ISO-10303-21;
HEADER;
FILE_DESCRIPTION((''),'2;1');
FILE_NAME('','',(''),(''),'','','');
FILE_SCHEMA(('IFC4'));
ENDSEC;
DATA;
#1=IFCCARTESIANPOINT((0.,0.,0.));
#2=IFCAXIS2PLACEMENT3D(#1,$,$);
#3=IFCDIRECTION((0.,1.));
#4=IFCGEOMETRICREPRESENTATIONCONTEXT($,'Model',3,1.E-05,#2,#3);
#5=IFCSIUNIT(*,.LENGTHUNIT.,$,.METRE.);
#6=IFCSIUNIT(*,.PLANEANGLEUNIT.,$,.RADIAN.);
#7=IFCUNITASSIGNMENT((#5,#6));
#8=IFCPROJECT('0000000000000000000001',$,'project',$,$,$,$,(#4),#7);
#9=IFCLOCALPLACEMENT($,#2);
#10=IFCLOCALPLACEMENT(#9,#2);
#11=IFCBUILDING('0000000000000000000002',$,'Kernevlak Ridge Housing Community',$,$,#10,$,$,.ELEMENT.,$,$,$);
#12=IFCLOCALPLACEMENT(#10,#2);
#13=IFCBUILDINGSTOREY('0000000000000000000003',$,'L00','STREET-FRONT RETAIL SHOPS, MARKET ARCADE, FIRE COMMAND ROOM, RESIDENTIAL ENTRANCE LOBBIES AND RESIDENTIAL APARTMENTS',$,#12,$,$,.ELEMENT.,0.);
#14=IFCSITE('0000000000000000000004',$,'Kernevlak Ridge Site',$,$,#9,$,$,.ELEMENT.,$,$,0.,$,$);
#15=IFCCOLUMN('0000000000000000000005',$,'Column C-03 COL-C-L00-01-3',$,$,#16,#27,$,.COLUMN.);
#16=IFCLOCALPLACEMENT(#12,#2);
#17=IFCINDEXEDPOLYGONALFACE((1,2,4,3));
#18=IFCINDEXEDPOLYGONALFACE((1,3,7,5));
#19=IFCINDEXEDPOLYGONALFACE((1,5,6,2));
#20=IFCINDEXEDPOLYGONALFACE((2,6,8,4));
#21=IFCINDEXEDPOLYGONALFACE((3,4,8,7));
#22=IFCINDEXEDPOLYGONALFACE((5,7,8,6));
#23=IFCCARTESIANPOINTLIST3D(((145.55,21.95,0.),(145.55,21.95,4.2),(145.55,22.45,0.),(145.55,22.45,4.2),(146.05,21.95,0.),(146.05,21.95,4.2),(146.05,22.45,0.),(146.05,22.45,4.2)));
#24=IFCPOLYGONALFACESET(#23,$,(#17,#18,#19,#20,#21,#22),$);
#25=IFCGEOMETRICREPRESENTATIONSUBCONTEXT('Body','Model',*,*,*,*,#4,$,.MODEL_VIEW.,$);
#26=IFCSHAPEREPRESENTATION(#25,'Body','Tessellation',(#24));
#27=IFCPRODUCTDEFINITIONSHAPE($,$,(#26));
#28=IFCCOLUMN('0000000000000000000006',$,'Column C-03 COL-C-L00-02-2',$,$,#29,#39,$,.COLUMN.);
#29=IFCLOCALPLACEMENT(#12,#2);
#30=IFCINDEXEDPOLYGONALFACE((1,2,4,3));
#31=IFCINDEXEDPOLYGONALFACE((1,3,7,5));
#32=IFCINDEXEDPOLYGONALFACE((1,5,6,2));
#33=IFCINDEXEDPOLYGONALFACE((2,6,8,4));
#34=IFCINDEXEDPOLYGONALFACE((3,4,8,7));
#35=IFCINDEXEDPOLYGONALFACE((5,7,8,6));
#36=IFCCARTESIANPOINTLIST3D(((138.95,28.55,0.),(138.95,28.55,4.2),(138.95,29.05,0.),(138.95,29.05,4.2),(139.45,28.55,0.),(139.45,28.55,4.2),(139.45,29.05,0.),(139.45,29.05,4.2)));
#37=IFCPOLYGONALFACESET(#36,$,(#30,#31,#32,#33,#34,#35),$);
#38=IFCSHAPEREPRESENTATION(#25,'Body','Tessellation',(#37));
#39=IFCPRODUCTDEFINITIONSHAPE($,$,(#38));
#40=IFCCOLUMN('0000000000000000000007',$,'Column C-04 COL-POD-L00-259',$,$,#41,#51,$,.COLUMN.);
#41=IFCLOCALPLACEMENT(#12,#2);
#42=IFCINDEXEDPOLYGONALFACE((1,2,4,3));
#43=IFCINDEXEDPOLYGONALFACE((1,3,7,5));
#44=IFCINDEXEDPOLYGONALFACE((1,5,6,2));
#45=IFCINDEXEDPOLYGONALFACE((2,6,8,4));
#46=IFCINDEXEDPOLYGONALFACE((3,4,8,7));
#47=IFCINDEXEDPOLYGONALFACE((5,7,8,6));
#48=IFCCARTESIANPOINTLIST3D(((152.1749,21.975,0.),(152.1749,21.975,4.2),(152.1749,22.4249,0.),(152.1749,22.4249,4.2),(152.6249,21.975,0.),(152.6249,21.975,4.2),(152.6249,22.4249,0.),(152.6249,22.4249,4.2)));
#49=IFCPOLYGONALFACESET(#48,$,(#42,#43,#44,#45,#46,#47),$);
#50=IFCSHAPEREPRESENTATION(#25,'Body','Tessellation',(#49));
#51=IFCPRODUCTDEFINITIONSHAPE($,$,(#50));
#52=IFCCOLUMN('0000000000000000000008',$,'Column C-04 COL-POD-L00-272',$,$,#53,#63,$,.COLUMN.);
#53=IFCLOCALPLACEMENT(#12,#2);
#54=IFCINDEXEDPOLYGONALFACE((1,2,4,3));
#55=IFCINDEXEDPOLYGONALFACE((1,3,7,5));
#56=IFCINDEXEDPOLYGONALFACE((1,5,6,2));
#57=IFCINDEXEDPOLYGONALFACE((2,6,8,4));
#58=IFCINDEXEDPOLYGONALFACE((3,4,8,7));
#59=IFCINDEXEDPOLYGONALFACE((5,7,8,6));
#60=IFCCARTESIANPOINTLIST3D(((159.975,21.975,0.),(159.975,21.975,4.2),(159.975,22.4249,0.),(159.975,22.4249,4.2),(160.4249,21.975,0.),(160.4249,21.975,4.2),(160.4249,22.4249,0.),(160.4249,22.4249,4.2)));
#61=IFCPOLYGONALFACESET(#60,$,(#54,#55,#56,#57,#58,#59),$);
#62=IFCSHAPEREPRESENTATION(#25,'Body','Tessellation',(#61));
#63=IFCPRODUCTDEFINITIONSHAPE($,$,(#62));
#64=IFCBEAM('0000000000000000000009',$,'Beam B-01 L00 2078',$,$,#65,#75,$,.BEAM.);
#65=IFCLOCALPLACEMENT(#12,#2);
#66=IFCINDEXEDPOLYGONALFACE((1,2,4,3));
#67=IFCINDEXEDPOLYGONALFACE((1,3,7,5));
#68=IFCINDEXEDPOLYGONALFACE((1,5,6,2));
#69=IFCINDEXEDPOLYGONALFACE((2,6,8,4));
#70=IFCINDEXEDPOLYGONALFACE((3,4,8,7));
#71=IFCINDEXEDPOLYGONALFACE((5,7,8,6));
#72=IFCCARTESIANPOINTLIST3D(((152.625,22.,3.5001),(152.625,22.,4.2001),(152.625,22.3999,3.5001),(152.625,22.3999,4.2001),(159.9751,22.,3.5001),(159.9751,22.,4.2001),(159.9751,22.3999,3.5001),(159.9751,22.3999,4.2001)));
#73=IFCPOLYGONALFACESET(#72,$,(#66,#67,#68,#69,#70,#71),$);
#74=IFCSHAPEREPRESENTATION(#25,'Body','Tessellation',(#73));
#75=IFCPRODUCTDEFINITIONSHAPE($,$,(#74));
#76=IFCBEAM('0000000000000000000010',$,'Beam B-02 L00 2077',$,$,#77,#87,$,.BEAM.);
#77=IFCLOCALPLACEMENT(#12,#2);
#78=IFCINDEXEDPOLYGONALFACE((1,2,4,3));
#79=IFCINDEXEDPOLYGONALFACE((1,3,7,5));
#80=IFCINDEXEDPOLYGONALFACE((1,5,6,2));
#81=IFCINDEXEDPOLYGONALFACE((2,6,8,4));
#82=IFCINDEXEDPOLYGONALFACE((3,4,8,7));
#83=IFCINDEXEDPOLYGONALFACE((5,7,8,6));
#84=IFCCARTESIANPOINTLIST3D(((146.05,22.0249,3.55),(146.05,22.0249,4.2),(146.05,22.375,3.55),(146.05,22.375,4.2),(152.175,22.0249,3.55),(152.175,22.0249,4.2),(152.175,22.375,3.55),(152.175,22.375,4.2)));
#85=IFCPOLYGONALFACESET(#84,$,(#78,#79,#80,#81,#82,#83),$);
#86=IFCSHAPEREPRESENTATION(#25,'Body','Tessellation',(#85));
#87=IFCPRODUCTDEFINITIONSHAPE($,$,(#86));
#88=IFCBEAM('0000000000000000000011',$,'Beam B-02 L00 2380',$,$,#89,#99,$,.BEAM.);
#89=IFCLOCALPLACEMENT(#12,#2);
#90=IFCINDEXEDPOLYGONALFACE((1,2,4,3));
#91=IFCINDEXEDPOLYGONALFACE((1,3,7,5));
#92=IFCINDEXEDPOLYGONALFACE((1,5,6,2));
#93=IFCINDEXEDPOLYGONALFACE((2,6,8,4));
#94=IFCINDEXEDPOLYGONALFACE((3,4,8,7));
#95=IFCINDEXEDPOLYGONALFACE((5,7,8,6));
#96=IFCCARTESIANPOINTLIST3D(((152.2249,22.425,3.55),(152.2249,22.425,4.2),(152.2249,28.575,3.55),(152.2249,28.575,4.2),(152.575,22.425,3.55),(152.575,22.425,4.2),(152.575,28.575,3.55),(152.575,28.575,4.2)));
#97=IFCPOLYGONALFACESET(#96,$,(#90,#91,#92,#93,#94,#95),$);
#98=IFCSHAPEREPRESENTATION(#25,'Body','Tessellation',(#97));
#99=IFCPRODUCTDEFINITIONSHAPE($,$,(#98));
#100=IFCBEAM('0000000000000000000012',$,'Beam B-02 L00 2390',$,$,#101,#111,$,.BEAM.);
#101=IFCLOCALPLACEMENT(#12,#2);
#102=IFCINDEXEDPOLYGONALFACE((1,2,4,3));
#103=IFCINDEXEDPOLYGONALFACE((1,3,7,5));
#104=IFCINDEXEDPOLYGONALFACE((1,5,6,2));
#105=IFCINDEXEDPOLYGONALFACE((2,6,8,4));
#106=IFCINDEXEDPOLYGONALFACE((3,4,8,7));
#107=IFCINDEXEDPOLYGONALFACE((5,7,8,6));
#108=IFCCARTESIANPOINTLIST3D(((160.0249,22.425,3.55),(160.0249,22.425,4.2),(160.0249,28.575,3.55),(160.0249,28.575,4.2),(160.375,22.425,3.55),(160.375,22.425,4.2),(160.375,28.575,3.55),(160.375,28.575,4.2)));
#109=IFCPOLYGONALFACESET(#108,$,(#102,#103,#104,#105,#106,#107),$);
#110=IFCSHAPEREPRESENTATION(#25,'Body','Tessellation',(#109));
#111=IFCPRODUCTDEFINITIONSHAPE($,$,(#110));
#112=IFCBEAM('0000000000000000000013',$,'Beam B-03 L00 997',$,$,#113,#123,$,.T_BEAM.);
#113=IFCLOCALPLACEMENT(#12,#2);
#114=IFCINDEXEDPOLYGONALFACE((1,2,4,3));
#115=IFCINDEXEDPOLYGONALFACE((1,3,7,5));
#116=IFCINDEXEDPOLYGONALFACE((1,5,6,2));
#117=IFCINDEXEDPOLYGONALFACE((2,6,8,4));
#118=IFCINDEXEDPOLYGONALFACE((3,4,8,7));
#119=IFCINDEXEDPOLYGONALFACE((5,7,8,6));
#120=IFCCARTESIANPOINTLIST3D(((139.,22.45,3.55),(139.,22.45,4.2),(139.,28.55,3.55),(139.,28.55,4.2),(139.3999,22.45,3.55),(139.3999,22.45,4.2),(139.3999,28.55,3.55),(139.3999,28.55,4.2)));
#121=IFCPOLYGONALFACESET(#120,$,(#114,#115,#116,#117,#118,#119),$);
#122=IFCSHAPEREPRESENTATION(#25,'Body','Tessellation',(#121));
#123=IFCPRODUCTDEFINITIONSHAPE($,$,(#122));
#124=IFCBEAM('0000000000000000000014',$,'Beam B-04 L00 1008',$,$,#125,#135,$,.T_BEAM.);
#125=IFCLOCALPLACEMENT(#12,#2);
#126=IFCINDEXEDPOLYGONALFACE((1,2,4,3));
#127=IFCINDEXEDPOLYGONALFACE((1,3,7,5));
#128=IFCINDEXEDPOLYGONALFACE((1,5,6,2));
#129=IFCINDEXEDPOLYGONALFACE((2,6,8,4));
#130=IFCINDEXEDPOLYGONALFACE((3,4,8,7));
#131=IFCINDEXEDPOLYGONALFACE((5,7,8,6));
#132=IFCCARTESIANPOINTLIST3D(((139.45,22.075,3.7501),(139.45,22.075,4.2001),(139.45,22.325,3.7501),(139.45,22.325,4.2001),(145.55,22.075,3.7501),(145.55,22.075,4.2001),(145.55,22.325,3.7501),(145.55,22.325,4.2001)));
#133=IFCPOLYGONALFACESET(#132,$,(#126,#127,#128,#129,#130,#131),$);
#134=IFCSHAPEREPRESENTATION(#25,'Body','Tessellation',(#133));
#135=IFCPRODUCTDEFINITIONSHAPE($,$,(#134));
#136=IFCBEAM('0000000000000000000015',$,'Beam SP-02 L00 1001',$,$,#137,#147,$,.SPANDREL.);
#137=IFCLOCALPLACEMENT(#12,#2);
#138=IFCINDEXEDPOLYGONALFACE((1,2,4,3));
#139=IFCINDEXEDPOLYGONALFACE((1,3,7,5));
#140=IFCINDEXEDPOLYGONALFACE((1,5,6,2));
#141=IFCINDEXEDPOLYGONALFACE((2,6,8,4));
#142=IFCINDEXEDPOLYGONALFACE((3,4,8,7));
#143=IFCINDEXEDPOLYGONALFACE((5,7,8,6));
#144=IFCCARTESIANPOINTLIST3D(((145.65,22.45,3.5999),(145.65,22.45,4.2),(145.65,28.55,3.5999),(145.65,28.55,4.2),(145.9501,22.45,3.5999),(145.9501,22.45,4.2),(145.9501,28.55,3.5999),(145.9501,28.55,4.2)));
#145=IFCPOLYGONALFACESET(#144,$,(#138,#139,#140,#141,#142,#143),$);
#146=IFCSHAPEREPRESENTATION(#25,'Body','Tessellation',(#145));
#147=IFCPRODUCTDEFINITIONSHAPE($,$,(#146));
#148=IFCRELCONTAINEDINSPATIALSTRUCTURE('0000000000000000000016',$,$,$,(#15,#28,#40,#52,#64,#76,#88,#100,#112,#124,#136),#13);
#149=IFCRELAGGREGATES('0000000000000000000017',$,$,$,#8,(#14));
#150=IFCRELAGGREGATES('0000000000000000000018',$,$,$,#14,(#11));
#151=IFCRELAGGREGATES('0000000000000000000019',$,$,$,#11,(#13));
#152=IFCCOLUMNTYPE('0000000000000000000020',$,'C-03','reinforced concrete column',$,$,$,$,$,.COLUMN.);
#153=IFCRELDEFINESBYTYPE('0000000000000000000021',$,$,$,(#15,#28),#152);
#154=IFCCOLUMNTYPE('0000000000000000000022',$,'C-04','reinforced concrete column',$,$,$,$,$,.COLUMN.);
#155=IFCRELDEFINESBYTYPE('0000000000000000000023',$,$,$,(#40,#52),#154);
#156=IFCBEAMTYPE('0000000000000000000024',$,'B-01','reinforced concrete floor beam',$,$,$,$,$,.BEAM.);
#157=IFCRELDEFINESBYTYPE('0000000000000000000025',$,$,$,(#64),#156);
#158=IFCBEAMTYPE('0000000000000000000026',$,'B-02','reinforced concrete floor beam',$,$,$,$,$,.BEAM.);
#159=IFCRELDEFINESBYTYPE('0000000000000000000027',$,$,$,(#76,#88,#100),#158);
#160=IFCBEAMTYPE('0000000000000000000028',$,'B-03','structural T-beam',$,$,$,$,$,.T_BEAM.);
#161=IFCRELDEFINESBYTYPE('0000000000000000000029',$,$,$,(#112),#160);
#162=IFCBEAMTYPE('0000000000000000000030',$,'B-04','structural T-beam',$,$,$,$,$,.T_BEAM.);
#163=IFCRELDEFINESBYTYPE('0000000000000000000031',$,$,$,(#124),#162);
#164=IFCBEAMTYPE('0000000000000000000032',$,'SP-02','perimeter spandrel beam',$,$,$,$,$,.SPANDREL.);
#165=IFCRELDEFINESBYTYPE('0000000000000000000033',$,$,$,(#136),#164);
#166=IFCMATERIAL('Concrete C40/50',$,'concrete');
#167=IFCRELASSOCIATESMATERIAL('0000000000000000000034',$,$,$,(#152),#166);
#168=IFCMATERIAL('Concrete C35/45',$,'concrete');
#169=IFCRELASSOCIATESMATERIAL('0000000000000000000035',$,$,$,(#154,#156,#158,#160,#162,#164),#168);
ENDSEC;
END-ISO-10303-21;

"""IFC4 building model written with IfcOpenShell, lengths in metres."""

from ifc_helpers import new_model, si_unit, direction, frame, origin, origin_2d, place, context, subcontext, project, spatial, rectangle, extrude, material, material_profile, profile_set, type_object, element, save


model = new_model("IFC4")

# Units and contexts
model_context = context("Model", 3, precision=1e-05, world=origin(), true_north=direction((0.0, 1.0)))
body_context = subcontext(model_context, "Body", "Model", "MODEL_VIEW")
ifc_project = project(units=[si_unit("LENGTHUNIT", "METRE"), si_unit("PLANEANGLEUNIT", "RADIAN")], contexts=[model_context])

# Site, building, storey
site_placement = place(None, origin())
site = spatial("IfcSite", under=ifc_project, at=site_placement, Name="Kernevlak Ridge Site", CompositionType="ELEMENT", RefElevation=0.0)
building_placement = place(site_placement, origin())
building = spatial("IfcBuilding", under=site, at=building_placement, Name="Kernevlak Ridge Housing Community", CompositionType="ELEMENT")
storey_placement = place(building_placement, origin())
storey = spatial("IfcBuildingStorey", under=building, at=storey_placement, Name="L00", Description="STREET-FRONT RETAIL SHOPS, MARKET ARCADE, FIRE COMMAND ROOM, RESIDENTIAL ENTRANCE LOBBIES AND RESIDENTIAL APARTMENTS", CompositionType="ELEMENT", Elevation=0.0)

# Columns
ifc_material_1 = material(Name="Concrete C40/50", Category="concrete")
ifc_material_profile_1 = material_profile(ifc_material_1, rectangle(XDim=0.5, YDim=0.5, at=origin_2d()), Name="RC 500x500")
ifc_profile_set_1 = profile_set([ifc_material_profile_1], Name="Concrete C40/50")
column_type_1 = type_object("IfcColumnType", Name="C-03", Description="reinforced concrete column", PredefinedType="COLUMN", material=ifc_profile_set_1)
for number, where, z_axis, x_axis, name in (
    (1, (145.8, 22.2, 0.0), (0.0, 0.0, 1.0), (1.0, 0.0, 0.0), "Column C-03 COL-C-L00-01-3"),
    (2, (139.2, 28.8, 0.0), (0.0, 0.0, 1.0), (1.0, 0.0, 0.0), "Column C-03 COL-C-L00-02-2"),
):
    element("IfcColumn", number, at=place(storey_placement, frame(where, z_axis=z_axis, x_axis=x_axis)), inside=storey, type_object=column_type_1, Name=name, PredefinedType="COLUMN", context=body_context, shape_type="SweptSolid", body=[
        extrude(rectangle(XDim=0.5, YDim=0.5, at=origin_2d()), origin(), (0.0, 0.0, 1.0), 4.2),
    ])
ifc_material_2 = material(Name="Concrete C35/45", Category="concrete")
ifc_material_profile_2 = material_profile(ifc_material_2, rectangle(XDim=0.45, YDim=0.45, at=origin_2d()), Name="RC 450x450")
ifc_profile_set_2 = profile_set([ifc_material_profile_2], Name="Concrete C35/45")
column_type_2 = type_object("IfcColumnType", Name="C-04", Description="reinforced concrete column", PredefinedType="COLUMN", material=ifc_profile_set_2)
for number, where, z_axis, x_axis, name in (
    (3, (152.3999, 22.2, 0.0), (0.0, 0.0, 1.0), (1.0, 0.0, 0.0), "Column C-04 COL-POD-L00-259"),
    (4, (160.2, 22.2, 0.0), (0.0, 0.0, 1.0), (1.0, 0.0, 0.0), "Column C-04 COL-POD-L00-272"),
):
    element("IfcColumn", number, at=place(storey_placement, frame(where, z_axis=z_axis, x_axis=x_axis)), inside=storey, type_object=column_type_2, Name=name, PredefinedType="COLUMN", context=body_context, shape_type="SweptSolid", body=[
        extrude(rectangle(XDim=0.45, YDim=0.45, at=origin_2d()), origin(), (0.0, 0.0, 1.0), 4.2),
    ])

# Beams
ifc_material_profile_3 = material_profile(ifc_material_2, rectangle(XDim=0.3999, YDim=0.7, at=origin_2d()), Name="RC 400x700")
ifc_profile_set_3 = profile_set([ifc_material_profile_3], Name="Concrete C35/45")
beam_type_1 = type_object("IfcBeamType", Name="B-01", Description="reinforced concrete floor beam", PredefinedType="BEAM", material=ifc_profile_set_3)
beam_1_placement = place(storey_placement, frame((152.625, 22.2, 3.8501), z_axis=(1.0, 0.0, 0.0), x_axis=(0.0, 1.0, 0.0)))
element("IfcBeam", 5, at=beam_1_placement, inside=storey, type_object=beam_type_1, Name="Beam B-01 L00 2078", PredefinedType="BEAM", context=body_context, shape_type="SweptSolid", body=[
    extrude(rectangle(XDim=0.3999, YDim=0.7, at=origin_2d()), origin(), (0.0, 0.0, 1.0), 7.3501),
])
ifc_material_profile_4 = material_profile(ifc_material_2, rectangle(XDim=0.3501, YDim=0.6499, at=origin_2d()), Name="RC 350x650")
ifc_profile_set_4 = profile_set([ifc_material_profile_4], Name="Concrete C35/45")
beam_type_2 = type_object("IfcBeamType", Name="B-02", Description="reinforced concrete floor beam", PredefinedType="BEAM", material=ifc_profile_set_4)
beam_2_placement = place(storey_placement, frame((146.05, 22.2, 3.875), z_axis=(1.0, 0.0, 0.0), x_axis=(0.0, 1.0, 0.0)))
element("IfcBeam", 6, at=beam_2_placement, inside=storey, type_object=beam_type_2, Name="Beam B-02 L00 2077", PredefinedType="BEAM", context=body_context, shape_type="SweptSolid", body=[
    extrude(rectangle(XDim=0.3501, YDim=0.6499, at=origin_2d()), origin(), (0.0, 0.0, 1.0), 6.125),
])
for number, where, z_axis, x_axis, name in (
    (7, (152.3999, 22.425, 3.875), (0.0, 1.0, 0.0), (-1.0, 0.0, 0.0), "Beam B-02 L00 2380"),
    (8, (160.2, 22.425, 3.875), (0.0, 1.0, 0.0), (-1.0, 0.0, 0.0), "Beam B-02 L00 2390"),
):
    element("IfcBeam", number, at=place(storey_placement, frame(where, z_axis=z_axis, x_axis=x_axis)), inside=storey, type_object=beam_type_2, Name=name, PredefinedType="BEAM", context=body_context, shape_type="SweptSolid", body=[
        extrude(rectangle(XDim=0.3501, YDim=0.6499, at=origin_2d()), origin(), (0.0, 0.0, 1.0), 6.1499),
    ])
ifc_material_profile_5 = material_profile(ifc_material_2, rectangle(XDim=0.3999, YDim=0.6499, at=origin_2d()), Name="RC 400x650")
ifc_profile_set_5 = profile_set([ifc_material_profile_5], Name="Concrete C35/45")
beam_type_3 = type_object("IfcBeamType", Name="B-03", Description="structural T-beam", PredefinedType="T_BEAM", material=ifc_profile_set_5)
beam_3_placement = place(storey_placement, frame((139.2, 22.45, 3.875), z_axis=(0.0, 1.0, 0.0), x_axis=(-1.0, 0.0, 0.0)))
element("IfcBeam", 9, at=beam_3_placement, inside=storey, type_object=beam_type_3, Name="Beam B-03 L00 997", PredefinedType="T_BEAM", context=body_context, shape_type="SweptSolid", body=[
    extrude(rectangle(XDim=0.3999, YDim=0.6499, at=origin_2d()), origin(), (0.0, 0.0, 1.0), 6.1001),
])
ifc_material_profile_6 = material_profile(ifc_material_2, rectangle(XDim=0.25, YDim=0.45, at=origin_2d()), Name="RC 250x450")
ifc_profile_set_6 = profile_set([ifc_material_profile_6], Name="Concrete C35/45")
beam_type_4 = type_object("IfcBeamType", Name="B-04", Description="structural T-beam", PredefinedType="T_BEAM", material=ifc_profile_set_6)
beam_4_placement = place(storey_placement, frame((139.45, 22.2, 3.9751), z_axis=(1.0, 0.0, 0.0), x_axis=(0.0, 1.0, 0.0)))
element("IfcBeam", 10, at=beam_4_placement, inside=storey, type_object=beam_type_4, Name="Beam B-04 L00 1008", PredefinedType="T_BEAM", context=body_context, shape_type="SweptSolid", body=[
    extrude(rectangle(XDim=0.25, YDim=0.45, at=origin_2d()), origin(), (0.0, 0.0, 1.0), 6.1001),
])
ifc_material_profile_7 = material_profile(ifc_material_2, rectangle(XDim=0.3, YDim=0.6001, at=origin_2d()), Name="RC 300x600")
ifc_profile_set_7 = profile_set([ifc_material_profile_7], Name="Concrete C35/45")
beam_type_5 = type_object("IfcBeamType", Name="SP-02", Description="perimeter spandrel beam", PredefinedType="SPANDREL", material=ifc_profile_set_7)
beam_5_placement = place(storey_placement, frame((145.8, 22.45, 3.8999), z_axis=(0.0, 1.0, 0.0), x_axis=(-1.0, 0.0, 0.0)))
element("IfcBeam", 11, at=beam_5_placement, inside=storey, type_object=beam_type_5, Name="Beam SP-02 L00 1001", PredefinedType="SPANDREL", context=body_context, shape_type="SweptSolid", body=[
    extrude(rectangle(XDim=0.3, YDim=0.6001, at=origin_2d()), origin(), (0.0, 0.0, 1.0), 6.1001),
])

save(model, "model.ifc")
